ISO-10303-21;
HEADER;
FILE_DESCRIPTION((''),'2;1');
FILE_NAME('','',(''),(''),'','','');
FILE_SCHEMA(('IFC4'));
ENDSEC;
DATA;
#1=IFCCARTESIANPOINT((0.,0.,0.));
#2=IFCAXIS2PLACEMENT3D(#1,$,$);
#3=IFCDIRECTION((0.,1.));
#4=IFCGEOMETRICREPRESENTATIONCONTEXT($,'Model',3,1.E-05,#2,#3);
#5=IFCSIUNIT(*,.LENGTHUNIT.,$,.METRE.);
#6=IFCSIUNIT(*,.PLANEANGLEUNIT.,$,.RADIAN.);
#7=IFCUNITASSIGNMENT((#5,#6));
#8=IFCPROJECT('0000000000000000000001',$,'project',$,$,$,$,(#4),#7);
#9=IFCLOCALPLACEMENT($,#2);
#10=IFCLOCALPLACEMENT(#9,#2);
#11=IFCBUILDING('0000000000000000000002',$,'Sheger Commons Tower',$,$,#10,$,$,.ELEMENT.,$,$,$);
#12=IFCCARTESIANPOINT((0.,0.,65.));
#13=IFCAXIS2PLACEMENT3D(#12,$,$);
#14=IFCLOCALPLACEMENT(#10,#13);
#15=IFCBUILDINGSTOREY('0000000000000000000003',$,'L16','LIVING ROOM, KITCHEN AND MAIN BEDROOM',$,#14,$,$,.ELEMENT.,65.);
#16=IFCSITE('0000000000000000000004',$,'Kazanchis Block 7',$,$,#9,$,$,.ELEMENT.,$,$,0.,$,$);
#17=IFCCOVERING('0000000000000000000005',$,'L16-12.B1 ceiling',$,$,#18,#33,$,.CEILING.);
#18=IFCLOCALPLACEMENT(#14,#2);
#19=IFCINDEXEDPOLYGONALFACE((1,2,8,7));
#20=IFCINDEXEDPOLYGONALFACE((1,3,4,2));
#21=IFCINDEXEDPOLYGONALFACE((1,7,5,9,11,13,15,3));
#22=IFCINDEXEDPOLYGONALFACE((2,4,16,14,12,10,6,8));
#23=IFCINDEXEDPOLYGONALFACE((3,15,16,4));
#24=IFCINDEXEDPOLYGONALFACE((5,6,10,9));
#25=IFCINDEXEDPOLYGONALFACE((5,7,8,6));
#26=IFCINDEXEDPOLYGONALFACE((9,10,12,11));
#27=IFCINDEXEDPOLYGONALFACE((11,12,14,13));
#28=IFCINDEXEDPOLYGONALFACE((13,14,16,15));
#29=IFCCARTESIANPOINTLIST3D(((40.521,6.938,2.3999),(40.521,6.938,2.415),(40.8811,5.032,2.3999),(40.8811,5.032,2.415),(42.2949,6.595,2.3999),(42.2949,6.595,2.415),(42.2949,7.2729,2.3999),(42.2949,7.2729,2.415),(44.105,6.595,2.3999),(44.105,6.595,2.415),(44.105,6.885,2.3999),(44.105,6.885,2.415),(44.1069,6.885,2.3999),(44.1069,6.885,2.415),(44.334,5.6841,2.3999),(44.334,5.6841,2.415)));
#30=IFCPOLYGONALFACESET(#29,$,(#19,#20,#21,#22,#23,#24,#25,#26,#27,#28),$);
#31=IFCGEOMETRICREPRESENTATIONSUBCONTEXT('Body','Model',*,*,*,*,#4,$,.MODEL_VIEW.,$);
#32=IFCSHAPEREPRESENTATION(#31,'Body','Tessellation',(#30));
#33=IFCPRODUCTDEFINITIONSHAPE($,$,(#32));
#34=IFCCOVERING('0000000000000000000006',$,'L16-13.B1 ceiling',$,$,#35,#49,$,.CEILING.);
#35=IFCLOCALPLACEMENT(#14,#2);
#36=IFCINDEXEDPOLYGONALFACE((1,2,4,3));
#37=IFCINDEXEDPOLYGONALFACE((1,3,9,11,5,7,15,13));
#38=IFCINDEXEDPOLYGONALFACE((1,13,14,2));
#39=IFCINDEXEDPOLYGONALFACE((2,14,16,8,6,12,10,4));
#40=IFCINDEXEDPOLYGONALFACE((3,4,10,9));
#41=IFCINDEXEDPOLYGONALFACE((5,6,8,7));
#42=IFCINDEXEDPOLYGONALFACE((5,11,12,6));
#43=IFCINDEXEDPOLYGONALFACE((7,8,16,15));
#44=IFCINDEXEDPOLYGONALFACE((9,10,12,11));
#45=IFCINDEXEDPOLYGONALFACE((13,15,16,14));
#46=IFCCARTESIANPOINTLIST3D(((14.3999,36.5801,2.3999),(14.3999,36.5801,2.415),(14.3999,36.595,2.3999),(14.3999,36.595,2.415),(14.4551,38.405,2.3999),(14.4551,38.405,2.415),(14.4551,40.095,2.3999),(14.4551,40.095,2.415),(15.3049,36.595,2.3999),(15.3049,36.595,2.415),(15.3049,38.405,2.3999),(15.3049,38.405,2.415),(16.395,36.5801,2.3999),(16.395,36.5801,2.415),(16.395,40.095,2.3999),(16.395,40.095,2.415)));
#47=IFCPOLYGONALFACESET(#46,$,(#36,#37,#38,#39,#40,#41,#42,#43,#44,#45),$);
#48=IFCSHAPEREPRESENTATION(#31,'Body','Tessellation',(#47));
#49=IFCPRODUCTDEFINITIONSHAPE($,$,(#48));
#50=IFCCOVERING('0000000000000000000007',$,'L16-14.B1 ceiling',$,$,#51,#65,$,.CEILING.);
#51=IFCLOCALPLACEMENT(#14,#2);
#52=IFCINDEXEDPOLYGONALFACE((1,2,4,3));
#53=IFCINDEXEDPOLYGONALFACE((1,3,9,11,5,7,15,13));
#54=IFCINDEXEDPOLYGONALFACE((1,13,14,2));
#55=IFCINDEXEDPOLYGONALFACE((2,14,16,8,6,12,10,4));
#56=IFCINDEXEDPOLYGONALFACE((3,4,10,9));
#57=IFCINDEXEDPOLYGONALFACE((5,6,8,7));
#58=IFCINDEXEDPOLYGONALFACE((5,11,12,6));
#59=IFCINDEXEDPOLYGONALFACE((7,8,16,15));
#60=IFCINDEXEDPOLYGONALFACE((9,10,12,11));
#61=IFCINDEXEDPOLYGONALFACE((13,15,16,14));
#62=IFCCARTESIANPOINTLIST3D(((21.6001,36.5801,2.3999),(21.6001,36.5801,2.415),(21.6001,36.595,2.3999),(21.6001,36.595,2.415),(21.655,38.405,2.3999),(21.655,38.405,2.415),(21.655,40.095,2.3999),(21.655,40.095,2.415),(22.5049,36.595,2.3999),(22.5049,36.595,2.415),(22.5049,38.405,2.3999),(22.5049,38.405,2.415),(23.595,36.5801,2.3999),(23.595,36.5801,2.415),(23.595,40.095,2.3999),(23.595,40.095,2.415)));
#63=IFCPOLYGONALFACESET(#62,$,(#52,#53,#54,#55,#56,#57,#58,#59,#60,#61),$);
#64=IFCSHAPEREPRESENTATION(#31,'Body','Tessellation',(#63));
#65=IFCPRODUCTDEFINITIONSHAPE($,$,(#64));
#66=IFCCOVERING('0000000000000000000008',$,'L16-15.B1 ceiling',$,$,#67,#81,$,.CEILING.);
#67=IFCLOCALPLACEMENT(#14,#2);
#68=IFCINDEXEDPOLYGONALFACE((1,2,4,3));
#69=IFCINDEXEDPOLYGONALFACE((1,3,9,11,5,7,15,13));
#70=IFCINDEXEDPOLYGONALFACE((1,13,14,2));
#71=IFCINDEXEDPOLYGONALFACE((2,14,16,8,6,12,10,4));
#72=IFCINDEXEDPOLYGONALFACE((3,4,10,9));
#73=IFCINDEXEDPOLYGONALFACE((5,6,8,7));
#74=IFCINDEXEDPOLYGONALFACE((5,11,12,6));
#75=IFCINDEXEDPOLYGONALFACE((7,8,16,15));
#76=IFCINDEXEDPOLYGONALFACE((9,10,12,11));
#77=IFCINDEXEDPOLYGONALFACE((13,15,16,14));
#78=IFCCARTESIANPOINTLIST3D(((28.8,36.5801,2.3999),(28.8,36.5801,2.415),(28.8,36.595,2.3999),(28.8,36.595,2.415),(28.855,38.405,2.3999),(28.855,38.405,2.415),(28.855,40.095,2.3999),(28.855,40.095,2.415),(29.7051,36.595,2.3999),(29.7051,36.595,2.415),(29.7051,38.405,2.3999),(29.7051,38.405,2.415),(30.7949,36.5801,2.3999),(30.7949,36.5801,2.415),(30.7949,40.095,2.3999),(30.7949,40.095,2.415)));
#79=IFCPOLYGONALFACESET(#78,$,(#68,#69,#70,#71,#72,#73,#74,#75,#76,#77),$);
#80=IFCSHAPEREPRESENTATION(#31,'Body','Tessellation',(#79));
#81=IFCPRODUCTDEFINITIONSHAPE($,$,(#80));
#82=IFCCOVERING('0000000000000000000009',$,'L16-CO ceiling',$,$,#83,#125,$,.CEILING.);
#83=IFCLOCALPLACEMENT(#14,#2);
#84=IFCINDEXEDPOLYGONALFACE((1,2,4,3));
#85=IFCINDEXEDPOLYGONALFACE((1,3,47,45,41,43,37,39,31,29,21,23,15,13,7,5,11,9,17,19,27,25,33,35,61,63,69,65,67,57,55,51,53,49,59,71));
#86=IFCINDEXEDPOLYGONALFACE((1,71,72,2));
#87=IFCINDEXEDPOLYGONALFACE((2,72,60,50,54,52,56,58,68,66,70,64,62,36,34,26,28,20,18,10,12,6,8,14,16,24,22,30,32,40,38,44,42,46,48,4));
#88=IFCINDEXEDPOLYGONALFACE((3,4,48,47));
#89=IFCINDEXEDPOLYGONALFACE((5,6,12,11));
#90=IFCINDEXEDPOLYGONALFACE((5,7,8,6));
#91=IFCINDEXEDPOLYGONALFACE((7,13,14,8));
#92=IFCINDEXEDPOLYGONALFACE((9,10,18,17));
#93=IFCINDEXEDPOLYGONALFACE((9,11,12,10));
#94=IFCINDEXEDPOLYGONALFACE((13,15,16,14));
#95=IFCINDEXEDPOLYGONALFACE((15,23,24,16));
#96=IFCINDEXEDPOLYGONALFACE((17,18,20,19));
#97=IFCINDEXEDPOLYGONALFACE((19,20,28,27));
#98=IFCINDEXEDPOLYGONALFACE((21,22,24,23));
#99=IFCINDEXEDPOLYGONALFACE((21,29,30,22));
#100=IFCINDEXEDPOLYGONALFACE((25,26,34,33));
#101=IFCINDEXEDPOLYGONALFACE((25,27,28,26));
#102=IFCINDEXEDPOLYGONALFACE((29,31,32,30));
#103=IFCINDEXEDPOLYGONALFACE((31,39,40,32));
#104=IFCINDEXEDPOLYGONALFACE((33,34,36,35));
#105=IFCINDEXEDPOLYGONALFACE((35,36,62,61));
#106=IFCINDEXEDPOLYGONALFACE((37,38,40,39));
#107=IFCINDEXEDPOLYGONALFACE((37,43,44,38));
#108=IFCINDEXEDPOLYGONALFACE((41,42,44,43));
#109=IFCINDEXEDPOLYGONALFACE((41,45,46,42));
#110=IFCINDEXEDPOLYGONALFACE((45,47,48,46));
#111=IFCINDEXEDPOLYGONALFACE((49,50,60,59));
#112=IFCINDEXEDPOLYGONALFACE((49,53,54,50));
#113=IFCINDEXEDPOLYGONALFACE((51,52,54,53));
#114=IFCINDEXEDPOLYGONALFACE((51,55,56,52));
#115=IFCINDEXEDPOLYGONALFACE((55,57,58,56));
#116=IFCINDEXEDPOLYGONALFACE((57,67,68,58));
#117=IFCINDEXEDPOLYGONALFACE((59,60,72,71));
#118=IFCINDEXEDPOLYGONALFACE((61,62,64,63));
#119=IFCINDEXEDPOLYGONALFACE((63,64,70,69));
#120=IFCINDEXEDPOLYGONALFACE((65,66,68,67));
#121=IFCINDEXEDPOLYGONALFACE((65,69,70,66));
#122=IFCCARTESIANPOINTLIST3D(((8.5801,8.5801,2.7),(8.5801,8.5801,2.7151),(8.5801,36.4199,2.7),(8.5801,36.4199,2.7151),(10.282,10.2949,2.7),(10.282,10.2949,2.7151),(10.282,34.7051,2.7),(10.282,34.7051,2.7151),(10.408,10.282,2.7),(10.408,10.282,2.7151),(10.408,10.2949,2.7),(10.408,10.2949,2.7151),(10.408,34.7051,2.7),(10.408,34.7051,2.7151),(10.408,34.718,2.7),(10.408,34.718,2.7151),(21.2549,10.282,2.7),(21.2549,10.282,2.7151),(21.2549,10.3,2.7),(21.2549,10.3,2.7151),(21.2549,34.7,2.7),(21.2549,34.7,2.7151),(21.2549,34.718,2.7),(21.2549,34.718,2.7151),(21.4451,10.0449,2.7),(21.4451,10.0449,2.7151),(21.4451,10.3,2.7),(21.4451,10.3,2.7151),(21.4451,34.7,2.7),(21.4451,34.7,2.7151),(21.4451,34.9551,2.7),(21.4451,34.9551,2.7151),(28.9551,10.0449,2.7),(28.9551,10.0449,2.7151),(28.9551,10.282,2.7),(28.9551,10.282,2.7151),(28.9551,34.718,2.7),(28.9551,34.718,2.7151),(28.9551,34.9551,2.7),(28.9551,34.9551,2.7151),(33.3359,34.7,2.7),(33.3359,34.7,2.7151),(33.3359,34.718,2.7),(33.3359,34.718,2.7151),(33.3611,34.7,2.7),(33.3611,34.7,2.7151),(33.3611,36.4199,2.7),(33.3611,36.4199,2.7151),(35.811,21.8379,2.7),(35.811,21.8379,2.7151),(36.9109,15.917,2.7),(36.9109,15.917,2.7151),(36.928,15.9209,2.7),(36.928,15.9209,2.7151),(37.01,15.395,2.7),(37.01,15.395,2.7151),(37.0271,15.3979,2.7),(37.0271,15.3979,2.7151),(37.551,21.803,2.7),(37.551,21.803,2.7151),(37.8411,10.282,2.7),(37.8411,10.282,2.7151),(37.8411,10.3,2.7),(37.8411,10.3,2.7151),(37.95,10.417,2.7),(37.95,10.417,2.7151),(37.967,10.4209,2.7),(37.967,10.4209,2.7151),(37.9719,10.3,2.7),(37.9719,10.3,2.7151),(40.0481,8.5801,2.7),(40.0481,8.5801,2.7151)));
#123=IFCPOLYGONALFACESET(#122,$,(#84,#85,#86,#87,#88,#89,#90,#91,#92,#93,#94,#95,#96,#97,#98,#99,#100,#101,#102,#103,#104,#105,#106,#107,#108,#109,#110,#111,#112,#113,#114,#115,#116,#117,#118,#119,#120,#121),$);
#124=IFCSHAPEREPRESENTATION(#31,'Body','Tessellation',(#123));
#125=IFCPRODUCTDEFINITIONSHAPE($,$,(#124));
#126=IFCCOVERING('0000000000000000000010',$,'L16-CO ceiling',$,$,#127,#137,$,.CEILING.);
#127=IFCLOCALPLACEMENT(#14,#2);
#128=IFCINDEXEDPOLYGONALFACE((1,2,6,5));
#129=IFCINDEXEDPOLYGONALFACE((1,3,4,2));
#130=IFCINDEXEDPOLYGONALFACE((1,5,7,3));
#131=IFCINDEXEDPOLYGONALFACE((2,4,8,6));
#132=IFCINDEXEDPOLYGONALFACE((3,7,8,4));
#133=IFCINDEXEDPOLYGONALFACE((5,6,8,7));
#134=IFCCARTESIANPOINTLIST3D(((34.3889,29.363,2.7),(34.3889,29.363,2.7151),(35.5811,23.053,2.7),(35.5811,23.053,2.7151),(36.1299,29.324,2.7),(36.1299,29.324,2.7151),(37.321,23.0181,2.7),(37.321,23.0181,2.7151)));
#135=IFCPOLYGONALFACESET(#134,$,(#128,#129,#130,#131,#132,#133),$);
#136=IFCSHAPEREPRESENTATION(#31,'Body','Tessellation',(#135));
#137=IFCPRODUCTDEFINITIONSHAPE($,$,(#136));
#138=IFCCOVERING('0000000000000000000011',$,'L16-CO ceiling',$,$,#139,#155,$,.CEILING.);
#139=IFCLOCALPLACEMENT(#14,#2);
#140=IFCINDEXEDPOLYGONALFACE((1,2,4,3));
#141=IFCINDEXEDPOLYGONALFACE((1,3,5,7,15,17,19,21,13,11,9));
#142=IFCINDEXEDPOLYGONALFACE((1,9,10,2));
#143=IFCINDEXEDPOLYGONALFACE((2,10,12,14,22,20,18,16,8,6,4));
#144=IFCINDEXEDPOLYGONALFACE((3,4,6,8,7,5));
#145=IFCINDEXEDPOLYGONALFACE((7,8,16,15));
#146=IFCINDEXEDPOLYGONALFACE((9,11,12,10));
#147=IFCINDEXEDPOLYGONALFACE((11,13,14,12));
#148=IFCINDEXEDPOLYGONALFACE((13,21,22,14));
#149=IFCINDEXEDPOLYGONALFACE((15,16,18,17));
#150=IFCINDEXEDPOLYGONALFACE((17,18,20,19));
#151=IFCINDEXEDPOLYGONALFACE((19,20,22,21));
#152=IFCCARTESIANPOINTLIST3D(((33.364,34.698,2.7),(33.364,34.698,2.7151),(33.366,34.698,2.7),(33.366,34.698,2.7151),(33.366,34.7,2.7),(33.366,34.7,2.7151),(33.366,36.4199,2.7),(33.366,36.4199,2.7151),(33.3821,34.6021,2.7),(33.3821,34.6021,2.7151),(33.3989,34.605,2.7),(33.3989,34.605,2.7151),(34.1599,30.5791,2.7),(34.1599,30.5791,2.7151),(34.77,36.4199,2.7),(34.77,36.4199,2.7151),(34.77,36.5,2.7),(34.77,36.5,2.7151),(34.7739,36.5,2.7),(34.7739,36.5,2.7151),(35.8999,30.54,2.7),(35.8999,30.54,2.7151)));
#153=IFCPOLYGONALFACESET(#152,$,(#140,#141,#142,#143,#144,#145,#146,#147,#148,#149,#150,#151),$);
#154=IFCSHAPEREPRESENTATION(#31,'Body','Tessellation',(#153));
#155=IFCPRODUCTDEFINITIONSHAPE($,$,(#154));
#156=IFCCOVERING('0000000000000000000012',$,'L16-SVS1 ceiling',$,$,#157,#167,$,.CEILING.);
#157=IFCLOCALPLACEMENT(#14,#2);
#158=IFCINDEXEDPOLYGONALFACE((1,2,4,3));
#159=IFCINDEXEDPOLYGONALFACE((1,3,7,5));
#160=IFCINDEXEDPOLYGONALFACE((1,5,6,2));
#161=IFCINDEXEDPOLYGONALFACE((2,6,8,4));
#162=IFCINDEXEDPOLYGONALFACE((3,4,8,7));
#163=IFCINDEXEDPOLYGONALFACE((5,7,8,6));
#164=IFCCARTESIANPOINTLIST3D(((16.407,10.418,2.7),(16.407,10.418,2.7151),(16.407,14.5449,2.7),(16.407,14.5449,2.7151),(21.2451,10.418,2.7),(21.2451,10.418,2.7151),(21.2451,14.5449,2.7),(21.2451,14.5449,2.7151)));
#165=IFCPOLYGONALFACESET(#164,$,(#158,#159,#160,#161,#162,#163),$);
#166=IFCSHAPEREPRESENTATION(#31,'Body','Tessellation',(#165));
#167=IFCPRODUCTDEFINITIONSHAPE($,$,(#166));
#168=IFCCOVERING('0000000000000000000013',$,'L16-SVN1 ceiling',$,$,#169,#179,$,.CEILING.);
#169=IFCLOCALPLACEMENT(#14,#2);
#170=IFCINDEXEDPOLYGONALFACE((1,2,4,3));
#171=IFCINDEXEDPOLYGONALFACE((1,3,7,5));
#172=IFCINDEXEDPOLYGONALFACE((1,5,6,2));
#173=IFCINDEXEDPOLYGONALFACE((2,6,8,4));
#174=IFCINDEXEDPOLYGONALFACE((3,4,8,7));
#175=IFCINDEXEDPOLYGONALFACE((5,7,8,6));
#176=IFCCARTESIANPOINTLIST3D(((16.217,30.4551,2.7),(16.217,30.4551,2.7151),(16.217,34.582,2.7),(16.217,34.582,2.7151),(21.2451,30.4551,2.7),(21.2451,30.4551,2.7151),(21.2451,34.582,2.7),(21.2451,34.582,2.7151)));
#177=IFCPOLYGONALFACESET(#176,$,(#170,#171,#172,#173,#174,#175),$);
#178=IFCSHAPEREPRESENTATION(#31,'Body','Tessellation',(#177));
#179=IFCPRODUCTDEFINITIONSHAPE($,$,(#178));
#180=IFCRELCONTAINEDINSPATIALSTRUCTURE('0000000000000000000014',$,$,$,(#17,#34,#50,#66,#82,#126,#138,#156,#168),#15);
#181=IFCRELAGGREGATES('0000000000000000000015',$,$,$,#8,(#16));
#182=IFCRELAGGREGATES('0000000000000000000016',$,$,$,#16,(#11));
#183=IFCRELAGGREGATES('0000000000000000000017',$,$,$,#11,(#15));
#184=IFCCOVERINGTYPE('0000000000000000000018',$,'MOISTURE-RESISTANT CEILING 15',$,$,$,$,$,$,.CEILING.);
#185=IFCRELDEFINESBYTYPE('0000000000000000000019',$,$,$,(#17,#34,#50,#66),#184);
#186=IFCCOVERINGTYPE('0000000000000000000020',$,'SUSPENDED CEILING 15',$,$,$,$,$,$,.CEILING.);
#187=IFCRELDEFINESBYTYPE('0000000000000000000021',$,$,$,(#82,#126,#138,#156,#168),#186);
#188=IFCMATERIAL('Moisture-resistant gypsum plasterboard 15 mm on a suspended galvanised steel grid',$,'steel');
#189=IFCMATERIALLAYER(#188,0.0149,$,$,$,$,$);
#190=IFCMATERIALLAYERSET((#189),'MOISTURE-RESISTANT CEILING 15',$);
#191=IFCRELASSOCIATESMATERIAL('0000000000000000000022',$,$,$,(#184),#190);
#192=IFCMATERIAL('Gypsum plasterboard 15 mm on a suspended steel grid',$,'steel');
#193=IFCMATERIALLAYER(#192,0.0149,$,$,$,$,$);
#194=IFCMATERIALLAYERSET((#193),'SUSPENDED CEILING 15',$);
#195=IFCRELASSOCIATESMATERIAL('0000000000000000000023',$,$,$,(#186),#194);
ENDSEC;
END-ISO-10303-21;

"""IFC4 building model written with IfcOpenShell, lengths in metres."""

from ifc_helpers import new_model, si_unit, direction, frame, origin, place, context, subcontext, project, spatial, polyline, outline, extrude, material, layer, layer_set, type_object, element, save


model = new_model("IFC4")

# Units and contexts
model_context = context("Model", 3, precision=1e-05, world=origin(), true_north=direction((0.0, 1.0)))
body_context = subcontext(model_context, "Body", "Model", "MODEL_VIEW")
ifc_project = project(units=[si_unit("LENGTHUNIT", "METRE"), si_unit("PLANEANGLEUNIT", "RADIAN")], contexts=[model_context])

# Site, building, storey
site_placement = place(None, origin())
site = spatial("IfcSite", under=ifc_project, at=site_placement, Name="Kazanchis Block 7", CompositionType="ELEMENT", RefElevation=0.0)
building_placement = place(site_placement, origin())
building = spatial("IfcBuilding", under=site, at=building_placement, Name="Sheger Commons Tower", CompositionType="ELEMENT")
storey_placement = place(building_placement, frame((0.0, 0.0, 65.0)))
storey = spatial("IfcBuildingStorey", under=building, at=storey_placement, Name="L16", Description="LIVING ROOM, KITCHEN AND MAIN BEDROOM", CompositionType="ELEMENT", Elevation=65.0)

# Coverings
ifc_material_1 = material(Name="Moisture-resistant gypsum plasterboard 15 mm on a suspended galvanised steel grid", Category="steel")
ifc_layer_1 = layer(ifc_material_1, 0.0149)
ifc_layer_set_1 = layer_set([ifc_layer_1], Name="MOISTURE-RESISTANT CEILING 15")
covering_type_1 = type_object("IfcCoveringType", Name="MOISTURE-RESISTANT CEILING 15", PredefinedType="CEILING", material=ifc_layer_set_1)
covering_1_placement = place(storey_placement, frame((0.0, 0.0, 2.3999)))
element("IfcCovering", 1, at=covering_1_placement, inside=storey, type_object=covering_type_1, Name="L16-12.B1 ceiling", PredefinedType="CEILING", context=body_context, shape_type="SweptSolid", body=[
    extrude(outline(polyline([(40.8811, 5.032), (44.334, 5.6841), (44.1069, 6.885), (44.105, 6.885), (44.105, 6.595), (42.2949, 6.595), (42.2949, 7.2729), (40.521, 6.938), (40.8811, 5.032)])), origin(), (0.0, 0.0, 1.0), 0.0151),
])
covering_2_placement = place(storey_placement, frame((0.0, 0.0, 2.3999)))
element("IfcCovering", 2, at=covering_2_placement, inside=storey, type_object=covering_type_1, Name="L16-13.B1 ceiling", PredefinedType="CEILING", context=body_context, shape_type="SweptSolid", body=[
    extrude(outline(polyline([(14.3999, 36.5801), (16.395, 36.5801), (16.395, 40.095), (14.4551, 40.095), (14.4551, 38.405), (15.3049, 38.405), (15.3049, 36.595), (14.3999, 36.595), (14.3999, 36.5801)])), origin(), (0.0, 0.0, 1.0), 0.0151),
])
covering_3_placement = place(storey_placement, frame((0.0, 0.0, 2.3999)))
element("IfcCovering", 3, at=covering_3_placement, inside=storey, type_object=covering_type_1, Name="L16-14.B1 ceiling", PredefinedType="CEILING", context=body_context, shape_type="SweptSolid", body=[
    extrude(outline(polyline([(21.6001, 36.5801), (23.595, 36.5801), (23.595, 40.095), (21.655, 40.095), (21.655, 38.405), (22.5049, 38.405), (22.5049, 36.595), (21.6001, 36.595), (21.6001, 36.5801)])), origin(), (0.0, 0.0, 1.0), 0.0151),
])
covering_4_placement = place(storey_placement, frame((0.0, 0.0, 2.3999)))
element("IfcCovering", 4, at=covering_4_placement, inside=storey, type_object=covering_type_1, Name="L16-15.B1 ceiling", PredefinedType="CEILING", context=body_context, shape_type="SweptSolid", body=[
    extrude(outline(polyline([(28.8, 36.5801), (30.7949, 36.5801), (30.7949, 40.095), (28.855, 40.095), (28.855, 38.405), (29.7051, 38.405), (29.7051, 36.595), (28.8, 36.595), (28.8, 36.5801)])), origin(), (0.0, 0.0, 1.0), 0.0151),
])
ifc_material_2 = material(Name="Gypsum plasterboard 15 mm on a suspended steel grid", Category="steel")
ifc_layer_2 = layer(ifc_material_2, 0.0149)
ifc_layer_set_2 = layer_set([ifc_layer_2], Name="SUSPENDED CEILING 15")
covering_type_2 = type_object("IfcCoveringType", Name="SUSPENDED CEILING 15", PredefinedType="CEILING", material=ifc_layer_set_2)
covering_5_placement = place(storey_placement, frame((0.0, 0.0, 2.7)))
element("IfcCovering", 5, at=covering_5_placement, inside=storey, type_object=covering_type_2, Name="L16-CO ceiling", PredefinedType="CEILING", context=body_context, shape_type="SweptSolid", body=[
    extrude(outline(polyline([(8.5801, 8.5801), (40.0481, 8.5801), (37.551, 21.803), (35.811, 21.8379), (36.928, 15.9209), (36.9109, 15.917), (37.01, 15.395), (37.0271, 15.3979), (37.967, 10.4209), (37.95, 10.417), (37.9719, 10.3), (37.8411, 10.3), (37.8411, 10.282), (28.9551, 10.282), (28.9551, 10.0449), (21.4451, 10.0449), (21.4451, 10.3), (21.2549, 10.3), (21.2549, 10.282), (10.408, 10.282), (10.408, 10.2949), (10.282, 10.2949), (10.282, 34.7051), (10.408, 34.7051), (10.408, 34.718), (21.2549, 34.718), (21.2549, 34.7), (21.4451, 34.7), (21.4451, 34.9551), (28.9551, 34.9551), (28.9551, 34.718), (33.3359, 34.718), (33.3359, 34.7), (33.3611, 34.7), (33.3611, 36.4199), (8.5801, 36.4199), (8.5801, 8.5801)])), origin(), (0.0, 0.0, 1.0), 0.0151),
])
covering_6_placement = place(storey_placement, frame((0.0, 0.0, 2.7)))
element("IfcCovering", 6, at=covering_6_placement, inside=storey, type_object=covering_type_2, Name="L16-CO ceiling", PredefinedType="CEILING", context=body_context, shape_type="SweptSolid", body=[
    extrude(outline(polyline([(37.321, 23.0181), (36.1299, 29.324), (34.3889, 29.363), (35.5811, 23.053), (37.321, 23.0181)])), origin(), (0.0, 0.0, 1.0), 0.0151),
])
covering_7_placement = place(storey_placement, frame((0.0, 0.0, 2.7)))
element("IfcCovering", 7, at=covering_7_placement, inside=storey, type_object=covering_type_2, Name="L16-CO ceiling", PredefinedType="CEILING", context=body_context, shape_type="SweptSolid", body=[
    extrude(outline(polyline([(35.8999, 30.54), (34.7739, 36.5), (34.77, 36.5), (34.77, 36.4199), (33.366, 36.4199), (33.366, 34.7), (33.366, 34.698), (33.364, 34.698), (33.3821, 34.6021), (33.3989, 34.605), (34.1599, 30.5791), (35.8999, 30.54)])), origin(), (0.0, 0.0, 1.0), 0.0151),
])
covering_8_placement = place(storey_placement, frame((0.0, 0.0, 2.7)))
element("IfcCovering", 8, at=covering_8_placement, inside=storey, type_object=covering_type_2, Name="L16-SVS1 ceiling", PredefinedType="CEILING", context=body_context, shape_type="SweptSolid", body=[
    extrude(outline(polyline([(16.407, 10.418), (21.2451, 10.418), (21.2451, 14.5449), (16.407, 14.5449), (16.407, 10.418)])), origin(), (0.0, 0.0, 1.0), 0.0151),
])
covering_9_placement = place(storey_placement, frame((0.0, 0.0, 2.7)))
element("IfcCovering", 9, at=covering_9_placement, inside=storey, type_object=covering_type_2, Name="L16-SVN1 ceiling", PredefinedType="CEILING", context=body_context, shape_type="SweptSolid", body=[
    extrude(outline(polyline([(16.217, 30.4551), (21.2451, 30.4551), (21.2451, 34.582), (16.217, 34.582), (16.217, 30.4551)])), origin(), (0.0, 0.0, 1.0), 0.0151),
])

save(model, "model.ifc")
